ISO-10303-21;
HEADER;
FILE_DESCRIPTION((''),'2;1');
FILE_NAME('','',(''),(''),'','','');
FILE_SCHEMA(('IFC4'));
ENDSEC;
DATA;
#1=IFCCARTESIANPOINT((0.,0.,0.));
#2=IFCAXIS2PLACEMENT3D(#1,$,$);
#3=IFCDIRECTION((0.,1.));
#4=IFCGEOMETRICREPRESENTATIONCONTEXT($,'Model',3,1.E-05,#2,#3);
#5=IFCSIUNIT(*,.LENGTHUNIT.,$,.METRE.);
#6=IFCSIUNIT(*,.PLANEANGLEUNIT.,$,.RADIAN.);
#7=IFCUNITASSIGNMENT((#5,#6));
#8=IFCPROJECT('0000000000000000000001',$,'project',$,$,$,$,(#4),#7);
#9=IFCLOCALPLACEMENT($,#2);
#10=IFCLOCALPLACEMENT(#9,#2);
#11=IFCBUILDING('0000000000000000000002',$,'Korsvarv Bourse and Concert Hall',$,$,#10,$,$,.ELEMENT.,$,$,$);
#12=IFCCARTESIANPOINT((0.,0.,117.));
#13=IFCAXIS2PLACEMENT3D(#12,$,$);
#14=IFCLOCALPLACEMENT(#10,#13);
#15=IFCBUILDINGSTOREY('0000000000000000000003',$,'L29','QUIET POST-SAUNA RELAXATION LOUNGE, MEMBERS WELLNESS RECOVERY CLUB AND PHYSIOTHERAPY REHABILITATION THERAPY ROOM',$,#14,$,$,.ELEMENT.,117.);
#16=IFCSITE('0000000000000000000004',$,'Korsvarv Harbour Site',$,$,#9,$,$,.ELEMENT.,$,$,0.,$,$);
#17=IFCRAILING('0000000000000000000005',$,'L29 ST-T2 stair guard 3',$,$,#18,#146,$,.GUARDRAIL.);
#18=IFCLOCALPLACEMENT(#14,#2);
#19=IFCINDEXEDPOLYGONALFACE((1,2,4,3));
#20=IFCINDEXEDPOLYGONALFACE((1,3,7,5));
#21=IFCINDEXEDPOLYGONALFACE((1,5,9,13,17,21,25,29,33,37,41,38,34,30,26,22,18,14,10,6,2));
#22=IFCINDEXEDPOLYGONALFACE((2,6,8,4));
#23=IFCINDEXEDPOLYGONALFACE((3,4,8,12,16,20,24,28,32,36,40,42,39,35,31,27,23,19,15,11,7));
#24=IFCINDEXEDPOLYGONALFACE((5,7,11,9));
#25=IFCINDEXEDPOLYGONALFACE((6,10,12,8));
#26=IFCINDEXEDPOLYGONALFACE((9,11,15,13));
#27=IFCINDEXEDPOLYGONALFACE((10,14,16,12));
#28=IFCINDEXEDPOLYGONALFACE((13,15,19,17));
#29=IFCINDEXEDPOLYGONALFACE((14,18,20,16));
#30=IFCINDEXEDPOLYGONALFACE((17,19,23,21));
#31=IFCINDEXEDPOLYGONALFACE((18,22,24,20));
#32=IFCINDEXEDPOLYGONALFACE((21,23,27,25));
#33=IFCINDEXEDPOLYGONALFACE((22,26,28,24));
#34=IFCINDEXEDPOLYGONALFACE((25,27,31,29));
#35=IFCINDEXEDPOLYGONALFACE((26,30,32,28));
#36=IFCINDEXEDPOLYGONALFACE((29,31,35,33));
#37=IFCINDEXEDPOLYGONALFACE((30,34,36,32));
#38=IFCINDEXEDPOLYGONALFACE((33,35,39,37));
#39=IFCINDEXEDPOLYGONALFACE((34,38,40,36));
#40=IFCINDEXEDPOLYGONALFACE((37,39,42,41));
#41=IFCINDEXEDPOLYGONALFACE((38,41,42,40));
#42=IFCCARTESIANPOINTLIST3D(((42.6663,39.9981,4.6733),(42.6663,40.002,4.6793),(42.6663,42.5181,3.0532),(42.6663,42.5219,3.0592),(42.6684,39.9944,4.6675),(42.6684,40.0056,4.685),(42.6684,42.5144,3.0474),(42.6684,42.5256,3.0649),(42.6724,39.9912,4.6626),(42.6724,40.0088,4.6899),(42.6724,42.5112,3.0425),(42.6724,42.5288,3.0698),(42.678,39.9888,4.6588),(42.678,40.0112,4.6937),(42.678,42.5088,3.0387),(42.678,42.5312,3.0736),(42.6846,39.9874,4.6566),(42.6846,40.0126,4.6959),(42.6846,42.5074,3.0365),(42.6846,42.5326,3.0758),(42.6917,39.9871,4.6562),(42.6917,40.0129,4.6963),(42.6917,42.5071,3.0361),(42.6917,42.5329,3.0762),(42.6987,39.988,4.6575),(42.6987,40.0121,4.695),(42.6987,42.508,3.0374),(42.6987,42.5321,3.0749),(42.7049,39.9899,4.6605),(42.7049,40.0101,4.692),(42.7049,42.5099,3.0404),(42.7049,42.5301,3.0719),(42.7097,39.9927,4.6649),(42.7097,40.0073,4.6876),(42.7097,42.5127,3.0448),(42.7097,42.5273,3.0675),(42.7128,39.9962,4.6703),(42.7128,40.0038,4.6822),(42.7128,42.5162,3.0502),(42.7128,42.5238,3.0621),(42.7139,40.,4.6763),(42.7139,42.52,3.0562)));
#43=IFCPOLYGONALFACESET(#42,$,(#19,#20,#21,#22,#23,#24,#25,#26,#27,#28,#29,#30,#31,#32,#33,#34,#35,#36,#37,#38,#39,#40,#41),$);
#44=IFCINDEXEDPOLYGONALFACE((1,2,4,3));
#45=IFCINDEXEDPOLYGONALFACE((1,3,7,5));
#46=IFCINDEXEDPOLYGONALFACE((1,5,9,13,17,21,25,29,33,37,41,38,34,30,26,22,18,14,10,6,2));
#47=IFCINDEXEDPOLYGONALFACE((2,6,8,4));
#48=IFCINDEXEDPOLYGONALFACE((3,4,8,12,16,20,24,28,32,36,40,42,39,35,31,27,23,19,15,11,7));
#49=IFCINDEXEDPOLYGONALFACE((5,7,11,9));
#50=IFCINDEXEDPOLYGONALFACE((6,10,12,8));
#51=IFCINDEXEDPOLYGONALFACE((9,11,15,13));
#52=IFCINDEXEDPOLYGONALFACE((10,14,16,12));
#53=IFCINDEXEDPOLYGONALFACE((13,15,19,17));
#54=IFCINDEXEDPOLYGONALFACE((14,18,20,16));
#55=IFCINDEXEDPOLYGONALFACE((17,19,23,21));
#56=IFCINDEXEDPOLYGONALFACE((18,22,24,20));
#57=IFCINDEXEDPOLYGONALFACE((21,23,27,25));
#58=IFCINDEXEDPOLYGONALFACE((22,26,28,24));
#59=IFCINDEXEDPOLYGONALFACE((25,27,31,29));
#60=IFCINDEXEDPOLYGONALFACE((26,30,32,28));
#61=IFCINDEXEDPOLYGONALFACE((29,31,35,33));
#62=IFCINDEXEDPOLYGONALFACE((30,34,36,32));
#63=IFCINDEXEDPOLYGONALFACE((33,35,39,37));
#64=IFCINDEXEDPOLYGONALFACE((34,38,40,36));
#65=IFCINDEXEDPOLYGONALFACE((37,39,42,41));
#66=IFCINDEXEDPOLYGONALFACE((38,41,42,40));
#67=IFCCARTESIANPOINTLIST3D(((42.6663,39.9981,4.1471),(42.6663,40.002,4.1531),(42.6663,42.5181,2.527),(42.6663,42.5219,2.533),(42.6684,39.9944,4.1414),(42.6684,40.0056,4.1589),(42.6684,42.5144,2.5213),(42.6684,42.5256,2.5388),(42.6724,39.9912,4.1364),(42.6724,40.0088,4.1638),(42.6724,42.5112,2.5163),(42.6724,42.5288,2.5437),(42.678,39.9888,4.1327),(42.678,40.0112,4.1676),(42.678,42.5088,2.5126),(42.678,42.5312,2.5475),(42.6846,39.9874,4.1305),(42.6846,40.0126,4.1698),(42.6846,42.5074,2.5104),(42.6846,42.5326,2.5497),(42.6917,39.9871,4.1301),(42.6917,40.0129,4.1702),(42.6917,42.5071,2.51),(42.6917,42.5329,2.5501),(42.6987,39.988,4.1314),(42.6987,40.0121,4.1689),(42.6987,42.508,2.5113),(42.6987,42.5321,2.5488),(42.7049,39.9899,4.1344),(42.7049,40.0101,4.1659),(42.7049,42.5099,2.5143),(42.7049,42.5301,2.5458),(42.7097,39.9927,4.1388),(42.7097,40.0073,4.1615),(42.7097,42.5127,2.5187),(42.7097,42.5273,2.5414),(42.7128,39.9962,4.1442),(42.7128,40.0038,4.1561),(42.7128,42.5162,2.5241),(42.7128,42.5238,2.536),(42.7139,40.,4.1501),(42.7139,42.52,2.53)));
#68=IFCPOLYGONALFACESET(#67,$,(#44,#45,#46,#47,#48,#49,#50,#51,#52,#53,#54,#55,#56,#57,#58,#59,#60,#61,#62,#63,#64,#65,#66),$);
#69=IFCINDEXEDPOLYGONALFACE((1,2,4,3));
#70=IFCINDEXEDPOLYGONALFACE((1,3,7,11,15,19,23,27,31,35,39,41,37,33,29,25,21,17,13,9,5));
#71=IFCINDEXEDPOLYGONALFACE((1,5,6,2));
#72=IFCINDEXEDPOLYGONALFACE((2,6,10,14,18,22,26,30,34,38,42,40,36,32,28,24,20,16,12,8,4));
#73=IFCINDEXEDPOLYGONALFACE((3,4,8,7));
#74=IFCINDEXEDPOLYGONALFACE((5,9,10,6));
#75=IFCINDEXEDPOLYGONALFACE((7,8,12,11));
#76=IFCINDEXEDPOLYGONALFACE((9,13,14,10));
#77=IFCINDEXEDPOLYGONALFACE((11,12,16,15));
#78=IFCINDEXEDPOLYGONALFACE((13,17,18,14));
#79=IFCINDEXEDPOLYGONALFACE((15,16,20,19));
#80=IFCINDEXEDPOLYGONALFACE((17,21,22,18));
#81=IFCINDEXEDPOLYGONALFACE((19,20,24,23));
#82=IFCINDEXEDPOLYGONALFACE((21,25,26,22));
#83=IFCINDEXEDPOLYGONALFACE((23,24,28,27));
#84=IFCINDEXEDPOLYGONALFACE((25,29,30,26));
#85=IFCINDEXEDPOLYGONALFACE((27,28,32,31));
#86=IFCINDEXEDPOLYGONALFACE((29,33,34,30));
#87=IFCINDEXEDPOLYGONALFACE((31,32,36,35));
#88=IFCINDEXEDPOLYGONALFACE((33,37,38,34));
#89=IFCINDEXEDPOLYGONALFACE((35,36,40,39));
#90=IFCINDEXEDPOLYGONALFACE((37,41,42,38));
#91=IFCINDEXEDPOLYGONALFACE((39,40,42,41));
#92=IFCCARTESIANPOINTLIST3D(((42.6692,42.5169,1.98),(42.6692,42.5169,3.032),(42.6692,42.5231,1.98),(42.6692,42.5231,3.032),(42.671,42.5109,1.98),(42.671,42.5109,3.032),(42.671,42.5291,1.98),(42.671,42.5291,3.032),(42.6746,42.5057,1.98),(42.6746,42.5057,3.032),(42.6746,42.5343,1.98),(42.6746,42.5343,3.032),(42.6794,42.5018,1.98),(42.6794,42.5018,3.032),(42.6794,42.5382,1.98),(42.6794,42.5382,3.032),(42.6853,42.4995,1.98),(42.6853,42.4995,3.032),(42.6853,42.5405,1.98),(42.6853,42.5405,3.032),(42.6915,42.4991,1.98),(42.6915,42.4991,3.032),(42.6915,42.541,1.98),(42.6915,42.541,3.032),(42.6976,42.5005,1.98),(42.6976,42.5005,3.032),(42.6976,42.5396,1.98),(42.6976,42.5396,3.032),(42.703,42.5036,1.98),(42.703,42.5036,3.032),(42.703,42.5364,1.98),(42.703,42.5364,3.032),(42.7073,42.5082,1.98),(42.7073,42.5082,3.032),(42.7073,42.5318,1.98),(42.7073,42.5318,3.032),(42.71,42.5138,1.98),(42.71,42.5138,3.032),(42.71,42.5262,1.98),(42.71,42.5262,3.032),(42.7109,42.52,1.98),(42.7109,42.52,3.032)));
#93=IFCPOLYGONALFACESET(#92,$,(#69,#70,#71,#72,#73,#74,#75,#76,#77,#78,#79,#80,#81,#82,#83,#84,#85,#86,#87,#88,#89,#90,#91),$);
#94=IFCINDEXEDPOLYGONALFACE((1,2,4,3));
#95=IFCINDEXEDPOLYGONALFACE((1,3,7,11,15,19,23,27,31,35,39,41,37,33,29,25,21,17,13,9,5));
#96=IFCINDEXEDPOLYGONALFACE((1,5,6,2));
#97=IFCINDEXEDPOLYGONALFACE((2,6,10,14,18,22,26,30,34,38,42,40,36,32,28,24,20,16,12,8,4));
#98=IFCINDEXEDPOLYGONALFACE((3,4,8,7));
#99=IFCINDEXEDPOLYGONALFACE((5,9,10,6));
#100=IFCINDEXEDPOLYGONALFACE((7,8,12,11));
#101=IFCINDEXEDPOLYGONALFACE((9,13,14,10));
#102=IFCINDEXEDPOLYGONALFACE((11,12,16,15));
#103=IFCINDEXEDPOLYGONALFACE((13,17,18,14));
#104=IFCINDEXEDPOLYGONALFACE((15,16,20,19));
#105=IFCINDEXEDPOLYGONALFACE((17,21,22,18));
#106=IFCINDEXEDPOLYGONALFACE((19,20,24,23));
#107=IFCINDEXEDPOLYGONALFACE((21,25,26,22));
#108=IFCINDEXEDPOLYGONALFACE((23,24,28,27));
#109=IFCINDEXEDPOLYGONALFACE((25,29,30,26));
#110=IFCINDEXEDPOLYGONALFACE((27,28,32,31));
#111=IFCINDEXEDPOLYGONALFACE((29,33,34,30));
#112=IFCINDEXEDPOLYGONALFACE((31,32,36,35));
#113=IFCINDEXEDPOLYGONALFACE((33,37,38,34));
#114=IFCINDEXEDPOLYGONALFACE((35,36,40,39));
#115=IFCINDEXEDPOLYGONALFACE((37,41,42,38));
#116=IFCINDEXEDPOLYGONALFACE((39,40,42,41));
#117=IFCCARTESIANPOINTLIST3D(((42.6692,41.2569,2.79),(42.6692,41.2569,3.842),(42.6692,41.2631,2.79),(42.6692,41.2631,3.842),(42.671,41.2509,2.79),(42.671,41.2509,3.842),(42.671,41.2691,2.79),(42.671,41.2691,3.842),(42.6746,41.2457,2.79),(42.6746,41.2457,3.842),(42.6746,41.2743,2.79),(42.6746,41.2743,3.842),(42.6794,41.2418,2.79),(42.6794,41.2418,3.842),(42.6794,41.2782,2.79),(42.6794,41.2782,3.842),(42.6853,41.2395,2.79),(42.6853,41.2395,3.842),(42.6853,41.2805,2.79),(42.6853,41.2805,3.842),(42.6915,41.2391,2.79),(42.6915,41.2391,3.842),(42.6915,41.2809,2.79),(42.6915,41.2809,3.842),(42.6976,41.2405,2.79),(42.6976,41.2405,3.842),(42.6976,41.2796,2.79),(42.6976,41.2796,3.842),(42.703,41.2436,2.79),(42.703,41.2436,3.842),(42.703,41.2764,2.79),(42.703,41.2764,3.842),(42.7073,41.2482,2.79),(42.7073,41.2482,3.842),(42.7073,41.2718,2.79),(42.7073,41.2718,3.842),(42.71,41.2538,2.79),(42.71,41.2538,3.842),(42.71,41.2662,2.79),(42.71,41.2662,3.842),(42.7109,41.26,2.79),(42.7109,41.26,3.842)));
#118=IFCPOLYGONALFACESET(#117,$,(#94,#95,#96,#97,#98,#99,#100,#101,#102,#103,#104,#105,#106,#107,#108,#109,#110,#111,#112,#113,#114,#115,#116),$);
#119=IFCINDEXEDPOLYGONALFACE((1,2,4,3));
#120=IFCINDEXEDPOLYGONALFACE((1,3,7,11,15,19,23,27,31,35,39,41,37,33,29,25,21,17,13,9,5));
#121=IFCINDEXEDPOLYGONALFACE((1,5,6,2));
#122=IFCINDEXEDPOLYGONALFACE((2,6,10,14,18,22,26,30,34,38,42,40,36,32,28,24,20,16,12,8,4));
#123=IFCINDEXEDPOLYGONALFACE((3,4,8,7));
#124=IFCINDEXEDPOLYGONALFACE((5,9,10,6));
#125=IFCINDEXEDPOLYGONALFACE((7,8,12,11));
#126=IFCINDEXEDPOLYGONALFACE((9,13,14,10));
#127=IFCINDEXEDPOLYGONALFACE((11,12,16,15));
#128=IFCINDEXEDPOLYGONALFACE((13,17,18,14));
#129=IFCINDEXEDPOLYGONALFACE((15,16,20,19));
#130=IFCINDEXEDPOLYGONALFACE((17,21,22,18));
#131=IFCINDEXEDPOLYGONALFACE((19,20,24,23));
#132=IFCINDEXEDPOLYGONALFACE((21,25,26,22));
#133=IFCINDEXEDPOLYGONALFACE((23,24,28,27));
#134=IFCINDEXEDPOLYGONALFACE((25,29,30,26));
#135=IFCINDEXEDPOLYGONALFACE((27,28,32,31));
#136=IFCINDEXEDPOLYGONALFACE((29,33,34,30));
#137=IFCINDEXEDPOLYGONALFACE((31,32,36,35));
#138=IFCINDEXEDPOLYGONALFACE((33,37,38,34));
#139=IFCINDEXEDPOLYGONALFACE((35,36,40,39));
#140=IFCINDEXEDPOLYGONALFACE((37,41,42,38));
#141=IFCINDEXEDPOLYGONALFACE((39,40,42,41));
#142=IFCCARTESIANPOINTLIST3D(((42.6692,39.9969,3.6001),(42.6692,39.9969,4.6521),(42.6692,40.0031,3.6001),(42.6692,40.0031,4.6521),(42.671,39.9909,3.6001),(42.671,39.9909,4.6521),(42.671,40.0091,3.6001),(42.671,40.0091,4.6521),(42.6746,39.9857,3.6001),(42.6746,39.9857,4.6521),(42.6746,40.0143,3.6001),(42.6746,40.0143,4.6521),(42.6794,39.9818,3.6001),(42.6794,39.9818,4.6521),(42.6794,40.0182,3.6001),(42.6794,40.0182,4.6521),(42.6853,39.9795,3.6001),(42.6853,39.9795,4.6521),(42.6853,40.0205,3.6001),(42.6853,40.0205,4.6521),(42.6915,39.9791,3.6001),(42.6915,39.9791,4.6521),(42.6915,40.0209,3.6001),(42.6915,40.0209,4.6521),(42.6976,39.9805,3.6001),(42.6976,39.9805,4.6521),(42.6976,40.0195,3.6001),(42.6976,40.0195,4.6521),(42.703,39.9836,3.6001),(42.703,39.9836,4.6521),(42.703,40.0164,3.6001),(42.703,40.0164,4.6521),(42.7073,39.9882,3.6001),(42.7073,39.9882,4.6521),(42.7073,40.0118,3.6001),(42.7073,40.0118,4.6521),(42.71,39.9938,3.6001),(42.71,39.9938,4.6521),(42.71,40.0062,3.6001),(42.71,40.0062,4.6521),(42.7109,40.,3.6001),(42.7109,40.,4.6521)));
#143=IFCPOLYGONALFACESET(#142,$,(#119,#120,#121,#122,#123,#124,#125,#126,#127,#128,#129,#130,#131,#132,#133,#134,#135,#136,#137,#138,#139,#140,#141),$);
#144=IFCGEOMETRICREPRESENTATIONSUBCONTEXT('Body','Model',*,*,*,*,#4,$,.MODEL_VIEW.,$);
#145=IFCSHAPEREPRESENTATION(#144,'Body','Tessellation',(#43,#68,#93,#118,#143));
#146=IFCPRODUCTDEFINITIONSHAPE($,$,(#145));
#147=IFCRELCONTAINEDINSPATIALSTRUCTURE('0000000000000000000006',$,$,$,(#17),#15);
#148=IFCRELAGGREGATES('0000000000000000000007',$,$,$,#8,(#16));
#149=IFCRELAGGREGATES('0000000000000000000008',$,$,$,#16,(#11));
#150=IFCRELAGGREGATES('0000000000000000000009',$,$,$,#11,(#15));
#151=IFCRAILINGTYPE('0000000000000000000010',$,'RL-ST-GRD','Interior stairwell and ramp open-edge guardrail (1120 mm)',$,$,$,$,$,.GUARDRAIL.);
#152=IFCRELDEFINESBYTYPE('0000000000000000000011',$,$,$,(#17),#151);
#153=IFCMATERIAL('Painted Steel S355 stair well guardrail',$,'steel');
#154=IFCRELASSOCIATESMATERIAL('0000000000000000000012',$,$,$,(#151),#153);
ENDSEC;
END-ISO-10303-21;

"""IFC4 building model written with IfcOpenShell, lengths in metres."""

from ifc_helpers import new_model, si_unit, direction, frame, origin, origin_2d, place, context, subcontext, project, spatial, circle, extrude, material, type_object, element, save


model = new_model("IFC4")

# Units and contexts
model_context = context("Model", 3, precision=1e-05, world=origin(), true_north=direction((0.0, 1.0)))
body_context = subcontext(model_context, "Body", "Model", "MODEL_VIEW")
ifc_project = project(units=[si_unit("LENGTHUNIT", "METRE"), si_unit("PLANEANGLEUNIT", "RADIAN")], contexts=[model_context])

# Site, building, storey
site_placement = place(None, origin())
site = spatial("IfcSite", under=ifc_project, at=site_placement, Name="Korsvarv Harbour Site", CompositionType="ELEMENT", RefElevation=0.0)
building_placement = place(site_placement, origin())
building = spatial("IfcBuilding", under=site, at=building_placement, Name="Korsvarv Bourse and Concert Hall", CompositionType="ELEMENT")
storey_placement = place(building_placement, frame((0.0, 0.0, 117.0)))
storey = spatial("IfcBuildingStorey", under=building, at=storey_placement, Name="L29", Description="QUIET POST-SAUNA RELAXATION LOUNGE, MEMBERS WELLNESS RECOVERY CLUB AND PHYSIOTHERAPY REHABILITATION THERAPY ROOM", CompositionType="ELEMENT", Elevation=117.0)

# Railing
ifc_material_1 = material(Name="Painted Steel S355 stair well guardrail", Category="steel")
railing_type_1 = type_object("IfcRailingType", Name="RL-ST-GRD", Description="Interior stairwell and ramp open-edge guardrail (1120 mm)", PredefinedType="GUARDRAIL", material=ifc_material_1)
railing_1_placement = place(storey_placement, frame((42.6899, 42.52, 1.98)))
element("IfcRailing", 1, at=railing_1_placement, inside=storey, type_object=railing_type_1, Name="L29 ST-T2 stair guard 3", PredefinedType="GUARDRAIL", context=body_context, shape_type="SweptSolid", body=[
    extrude(circle(Radius=0.0239, at=origin_2d()), frame((0.0, 0.0, 1.0762), z_axis=(0.0, -0.841163, 0.540782), x_axis=(1.0, 0.0, 0.0)), (0.0, 0.0, 1.0), 2.9958),
    extrude(circle(Radius=0.0239, at=origin_2d()), frame((0.0, 0.0, 0.55), z_axis=(0.0, -0.841163, 0.540782), x_axis=(1.0, 0.0, 0.0)), (0.0, 0.0, 1.0), 2.9958),
    extrude(circle(Radius=0.021, at=origin_2d()), origin(), (0.0, 0.0, 1.0), 1.052),
    extrude(circle(Radius=0.021, at=origin_2d()), frame((0.0, -1.26, 0.8101)), (0.0, 0.0, 1.0), 1.052),
    extrude(circle(Radius=0.021, at=origin_2d()), frame((0.0, -2.52, 1.6201)), (0.0, 0.0, 1.0), 1.052),
])

save(model, "model.ifc")
